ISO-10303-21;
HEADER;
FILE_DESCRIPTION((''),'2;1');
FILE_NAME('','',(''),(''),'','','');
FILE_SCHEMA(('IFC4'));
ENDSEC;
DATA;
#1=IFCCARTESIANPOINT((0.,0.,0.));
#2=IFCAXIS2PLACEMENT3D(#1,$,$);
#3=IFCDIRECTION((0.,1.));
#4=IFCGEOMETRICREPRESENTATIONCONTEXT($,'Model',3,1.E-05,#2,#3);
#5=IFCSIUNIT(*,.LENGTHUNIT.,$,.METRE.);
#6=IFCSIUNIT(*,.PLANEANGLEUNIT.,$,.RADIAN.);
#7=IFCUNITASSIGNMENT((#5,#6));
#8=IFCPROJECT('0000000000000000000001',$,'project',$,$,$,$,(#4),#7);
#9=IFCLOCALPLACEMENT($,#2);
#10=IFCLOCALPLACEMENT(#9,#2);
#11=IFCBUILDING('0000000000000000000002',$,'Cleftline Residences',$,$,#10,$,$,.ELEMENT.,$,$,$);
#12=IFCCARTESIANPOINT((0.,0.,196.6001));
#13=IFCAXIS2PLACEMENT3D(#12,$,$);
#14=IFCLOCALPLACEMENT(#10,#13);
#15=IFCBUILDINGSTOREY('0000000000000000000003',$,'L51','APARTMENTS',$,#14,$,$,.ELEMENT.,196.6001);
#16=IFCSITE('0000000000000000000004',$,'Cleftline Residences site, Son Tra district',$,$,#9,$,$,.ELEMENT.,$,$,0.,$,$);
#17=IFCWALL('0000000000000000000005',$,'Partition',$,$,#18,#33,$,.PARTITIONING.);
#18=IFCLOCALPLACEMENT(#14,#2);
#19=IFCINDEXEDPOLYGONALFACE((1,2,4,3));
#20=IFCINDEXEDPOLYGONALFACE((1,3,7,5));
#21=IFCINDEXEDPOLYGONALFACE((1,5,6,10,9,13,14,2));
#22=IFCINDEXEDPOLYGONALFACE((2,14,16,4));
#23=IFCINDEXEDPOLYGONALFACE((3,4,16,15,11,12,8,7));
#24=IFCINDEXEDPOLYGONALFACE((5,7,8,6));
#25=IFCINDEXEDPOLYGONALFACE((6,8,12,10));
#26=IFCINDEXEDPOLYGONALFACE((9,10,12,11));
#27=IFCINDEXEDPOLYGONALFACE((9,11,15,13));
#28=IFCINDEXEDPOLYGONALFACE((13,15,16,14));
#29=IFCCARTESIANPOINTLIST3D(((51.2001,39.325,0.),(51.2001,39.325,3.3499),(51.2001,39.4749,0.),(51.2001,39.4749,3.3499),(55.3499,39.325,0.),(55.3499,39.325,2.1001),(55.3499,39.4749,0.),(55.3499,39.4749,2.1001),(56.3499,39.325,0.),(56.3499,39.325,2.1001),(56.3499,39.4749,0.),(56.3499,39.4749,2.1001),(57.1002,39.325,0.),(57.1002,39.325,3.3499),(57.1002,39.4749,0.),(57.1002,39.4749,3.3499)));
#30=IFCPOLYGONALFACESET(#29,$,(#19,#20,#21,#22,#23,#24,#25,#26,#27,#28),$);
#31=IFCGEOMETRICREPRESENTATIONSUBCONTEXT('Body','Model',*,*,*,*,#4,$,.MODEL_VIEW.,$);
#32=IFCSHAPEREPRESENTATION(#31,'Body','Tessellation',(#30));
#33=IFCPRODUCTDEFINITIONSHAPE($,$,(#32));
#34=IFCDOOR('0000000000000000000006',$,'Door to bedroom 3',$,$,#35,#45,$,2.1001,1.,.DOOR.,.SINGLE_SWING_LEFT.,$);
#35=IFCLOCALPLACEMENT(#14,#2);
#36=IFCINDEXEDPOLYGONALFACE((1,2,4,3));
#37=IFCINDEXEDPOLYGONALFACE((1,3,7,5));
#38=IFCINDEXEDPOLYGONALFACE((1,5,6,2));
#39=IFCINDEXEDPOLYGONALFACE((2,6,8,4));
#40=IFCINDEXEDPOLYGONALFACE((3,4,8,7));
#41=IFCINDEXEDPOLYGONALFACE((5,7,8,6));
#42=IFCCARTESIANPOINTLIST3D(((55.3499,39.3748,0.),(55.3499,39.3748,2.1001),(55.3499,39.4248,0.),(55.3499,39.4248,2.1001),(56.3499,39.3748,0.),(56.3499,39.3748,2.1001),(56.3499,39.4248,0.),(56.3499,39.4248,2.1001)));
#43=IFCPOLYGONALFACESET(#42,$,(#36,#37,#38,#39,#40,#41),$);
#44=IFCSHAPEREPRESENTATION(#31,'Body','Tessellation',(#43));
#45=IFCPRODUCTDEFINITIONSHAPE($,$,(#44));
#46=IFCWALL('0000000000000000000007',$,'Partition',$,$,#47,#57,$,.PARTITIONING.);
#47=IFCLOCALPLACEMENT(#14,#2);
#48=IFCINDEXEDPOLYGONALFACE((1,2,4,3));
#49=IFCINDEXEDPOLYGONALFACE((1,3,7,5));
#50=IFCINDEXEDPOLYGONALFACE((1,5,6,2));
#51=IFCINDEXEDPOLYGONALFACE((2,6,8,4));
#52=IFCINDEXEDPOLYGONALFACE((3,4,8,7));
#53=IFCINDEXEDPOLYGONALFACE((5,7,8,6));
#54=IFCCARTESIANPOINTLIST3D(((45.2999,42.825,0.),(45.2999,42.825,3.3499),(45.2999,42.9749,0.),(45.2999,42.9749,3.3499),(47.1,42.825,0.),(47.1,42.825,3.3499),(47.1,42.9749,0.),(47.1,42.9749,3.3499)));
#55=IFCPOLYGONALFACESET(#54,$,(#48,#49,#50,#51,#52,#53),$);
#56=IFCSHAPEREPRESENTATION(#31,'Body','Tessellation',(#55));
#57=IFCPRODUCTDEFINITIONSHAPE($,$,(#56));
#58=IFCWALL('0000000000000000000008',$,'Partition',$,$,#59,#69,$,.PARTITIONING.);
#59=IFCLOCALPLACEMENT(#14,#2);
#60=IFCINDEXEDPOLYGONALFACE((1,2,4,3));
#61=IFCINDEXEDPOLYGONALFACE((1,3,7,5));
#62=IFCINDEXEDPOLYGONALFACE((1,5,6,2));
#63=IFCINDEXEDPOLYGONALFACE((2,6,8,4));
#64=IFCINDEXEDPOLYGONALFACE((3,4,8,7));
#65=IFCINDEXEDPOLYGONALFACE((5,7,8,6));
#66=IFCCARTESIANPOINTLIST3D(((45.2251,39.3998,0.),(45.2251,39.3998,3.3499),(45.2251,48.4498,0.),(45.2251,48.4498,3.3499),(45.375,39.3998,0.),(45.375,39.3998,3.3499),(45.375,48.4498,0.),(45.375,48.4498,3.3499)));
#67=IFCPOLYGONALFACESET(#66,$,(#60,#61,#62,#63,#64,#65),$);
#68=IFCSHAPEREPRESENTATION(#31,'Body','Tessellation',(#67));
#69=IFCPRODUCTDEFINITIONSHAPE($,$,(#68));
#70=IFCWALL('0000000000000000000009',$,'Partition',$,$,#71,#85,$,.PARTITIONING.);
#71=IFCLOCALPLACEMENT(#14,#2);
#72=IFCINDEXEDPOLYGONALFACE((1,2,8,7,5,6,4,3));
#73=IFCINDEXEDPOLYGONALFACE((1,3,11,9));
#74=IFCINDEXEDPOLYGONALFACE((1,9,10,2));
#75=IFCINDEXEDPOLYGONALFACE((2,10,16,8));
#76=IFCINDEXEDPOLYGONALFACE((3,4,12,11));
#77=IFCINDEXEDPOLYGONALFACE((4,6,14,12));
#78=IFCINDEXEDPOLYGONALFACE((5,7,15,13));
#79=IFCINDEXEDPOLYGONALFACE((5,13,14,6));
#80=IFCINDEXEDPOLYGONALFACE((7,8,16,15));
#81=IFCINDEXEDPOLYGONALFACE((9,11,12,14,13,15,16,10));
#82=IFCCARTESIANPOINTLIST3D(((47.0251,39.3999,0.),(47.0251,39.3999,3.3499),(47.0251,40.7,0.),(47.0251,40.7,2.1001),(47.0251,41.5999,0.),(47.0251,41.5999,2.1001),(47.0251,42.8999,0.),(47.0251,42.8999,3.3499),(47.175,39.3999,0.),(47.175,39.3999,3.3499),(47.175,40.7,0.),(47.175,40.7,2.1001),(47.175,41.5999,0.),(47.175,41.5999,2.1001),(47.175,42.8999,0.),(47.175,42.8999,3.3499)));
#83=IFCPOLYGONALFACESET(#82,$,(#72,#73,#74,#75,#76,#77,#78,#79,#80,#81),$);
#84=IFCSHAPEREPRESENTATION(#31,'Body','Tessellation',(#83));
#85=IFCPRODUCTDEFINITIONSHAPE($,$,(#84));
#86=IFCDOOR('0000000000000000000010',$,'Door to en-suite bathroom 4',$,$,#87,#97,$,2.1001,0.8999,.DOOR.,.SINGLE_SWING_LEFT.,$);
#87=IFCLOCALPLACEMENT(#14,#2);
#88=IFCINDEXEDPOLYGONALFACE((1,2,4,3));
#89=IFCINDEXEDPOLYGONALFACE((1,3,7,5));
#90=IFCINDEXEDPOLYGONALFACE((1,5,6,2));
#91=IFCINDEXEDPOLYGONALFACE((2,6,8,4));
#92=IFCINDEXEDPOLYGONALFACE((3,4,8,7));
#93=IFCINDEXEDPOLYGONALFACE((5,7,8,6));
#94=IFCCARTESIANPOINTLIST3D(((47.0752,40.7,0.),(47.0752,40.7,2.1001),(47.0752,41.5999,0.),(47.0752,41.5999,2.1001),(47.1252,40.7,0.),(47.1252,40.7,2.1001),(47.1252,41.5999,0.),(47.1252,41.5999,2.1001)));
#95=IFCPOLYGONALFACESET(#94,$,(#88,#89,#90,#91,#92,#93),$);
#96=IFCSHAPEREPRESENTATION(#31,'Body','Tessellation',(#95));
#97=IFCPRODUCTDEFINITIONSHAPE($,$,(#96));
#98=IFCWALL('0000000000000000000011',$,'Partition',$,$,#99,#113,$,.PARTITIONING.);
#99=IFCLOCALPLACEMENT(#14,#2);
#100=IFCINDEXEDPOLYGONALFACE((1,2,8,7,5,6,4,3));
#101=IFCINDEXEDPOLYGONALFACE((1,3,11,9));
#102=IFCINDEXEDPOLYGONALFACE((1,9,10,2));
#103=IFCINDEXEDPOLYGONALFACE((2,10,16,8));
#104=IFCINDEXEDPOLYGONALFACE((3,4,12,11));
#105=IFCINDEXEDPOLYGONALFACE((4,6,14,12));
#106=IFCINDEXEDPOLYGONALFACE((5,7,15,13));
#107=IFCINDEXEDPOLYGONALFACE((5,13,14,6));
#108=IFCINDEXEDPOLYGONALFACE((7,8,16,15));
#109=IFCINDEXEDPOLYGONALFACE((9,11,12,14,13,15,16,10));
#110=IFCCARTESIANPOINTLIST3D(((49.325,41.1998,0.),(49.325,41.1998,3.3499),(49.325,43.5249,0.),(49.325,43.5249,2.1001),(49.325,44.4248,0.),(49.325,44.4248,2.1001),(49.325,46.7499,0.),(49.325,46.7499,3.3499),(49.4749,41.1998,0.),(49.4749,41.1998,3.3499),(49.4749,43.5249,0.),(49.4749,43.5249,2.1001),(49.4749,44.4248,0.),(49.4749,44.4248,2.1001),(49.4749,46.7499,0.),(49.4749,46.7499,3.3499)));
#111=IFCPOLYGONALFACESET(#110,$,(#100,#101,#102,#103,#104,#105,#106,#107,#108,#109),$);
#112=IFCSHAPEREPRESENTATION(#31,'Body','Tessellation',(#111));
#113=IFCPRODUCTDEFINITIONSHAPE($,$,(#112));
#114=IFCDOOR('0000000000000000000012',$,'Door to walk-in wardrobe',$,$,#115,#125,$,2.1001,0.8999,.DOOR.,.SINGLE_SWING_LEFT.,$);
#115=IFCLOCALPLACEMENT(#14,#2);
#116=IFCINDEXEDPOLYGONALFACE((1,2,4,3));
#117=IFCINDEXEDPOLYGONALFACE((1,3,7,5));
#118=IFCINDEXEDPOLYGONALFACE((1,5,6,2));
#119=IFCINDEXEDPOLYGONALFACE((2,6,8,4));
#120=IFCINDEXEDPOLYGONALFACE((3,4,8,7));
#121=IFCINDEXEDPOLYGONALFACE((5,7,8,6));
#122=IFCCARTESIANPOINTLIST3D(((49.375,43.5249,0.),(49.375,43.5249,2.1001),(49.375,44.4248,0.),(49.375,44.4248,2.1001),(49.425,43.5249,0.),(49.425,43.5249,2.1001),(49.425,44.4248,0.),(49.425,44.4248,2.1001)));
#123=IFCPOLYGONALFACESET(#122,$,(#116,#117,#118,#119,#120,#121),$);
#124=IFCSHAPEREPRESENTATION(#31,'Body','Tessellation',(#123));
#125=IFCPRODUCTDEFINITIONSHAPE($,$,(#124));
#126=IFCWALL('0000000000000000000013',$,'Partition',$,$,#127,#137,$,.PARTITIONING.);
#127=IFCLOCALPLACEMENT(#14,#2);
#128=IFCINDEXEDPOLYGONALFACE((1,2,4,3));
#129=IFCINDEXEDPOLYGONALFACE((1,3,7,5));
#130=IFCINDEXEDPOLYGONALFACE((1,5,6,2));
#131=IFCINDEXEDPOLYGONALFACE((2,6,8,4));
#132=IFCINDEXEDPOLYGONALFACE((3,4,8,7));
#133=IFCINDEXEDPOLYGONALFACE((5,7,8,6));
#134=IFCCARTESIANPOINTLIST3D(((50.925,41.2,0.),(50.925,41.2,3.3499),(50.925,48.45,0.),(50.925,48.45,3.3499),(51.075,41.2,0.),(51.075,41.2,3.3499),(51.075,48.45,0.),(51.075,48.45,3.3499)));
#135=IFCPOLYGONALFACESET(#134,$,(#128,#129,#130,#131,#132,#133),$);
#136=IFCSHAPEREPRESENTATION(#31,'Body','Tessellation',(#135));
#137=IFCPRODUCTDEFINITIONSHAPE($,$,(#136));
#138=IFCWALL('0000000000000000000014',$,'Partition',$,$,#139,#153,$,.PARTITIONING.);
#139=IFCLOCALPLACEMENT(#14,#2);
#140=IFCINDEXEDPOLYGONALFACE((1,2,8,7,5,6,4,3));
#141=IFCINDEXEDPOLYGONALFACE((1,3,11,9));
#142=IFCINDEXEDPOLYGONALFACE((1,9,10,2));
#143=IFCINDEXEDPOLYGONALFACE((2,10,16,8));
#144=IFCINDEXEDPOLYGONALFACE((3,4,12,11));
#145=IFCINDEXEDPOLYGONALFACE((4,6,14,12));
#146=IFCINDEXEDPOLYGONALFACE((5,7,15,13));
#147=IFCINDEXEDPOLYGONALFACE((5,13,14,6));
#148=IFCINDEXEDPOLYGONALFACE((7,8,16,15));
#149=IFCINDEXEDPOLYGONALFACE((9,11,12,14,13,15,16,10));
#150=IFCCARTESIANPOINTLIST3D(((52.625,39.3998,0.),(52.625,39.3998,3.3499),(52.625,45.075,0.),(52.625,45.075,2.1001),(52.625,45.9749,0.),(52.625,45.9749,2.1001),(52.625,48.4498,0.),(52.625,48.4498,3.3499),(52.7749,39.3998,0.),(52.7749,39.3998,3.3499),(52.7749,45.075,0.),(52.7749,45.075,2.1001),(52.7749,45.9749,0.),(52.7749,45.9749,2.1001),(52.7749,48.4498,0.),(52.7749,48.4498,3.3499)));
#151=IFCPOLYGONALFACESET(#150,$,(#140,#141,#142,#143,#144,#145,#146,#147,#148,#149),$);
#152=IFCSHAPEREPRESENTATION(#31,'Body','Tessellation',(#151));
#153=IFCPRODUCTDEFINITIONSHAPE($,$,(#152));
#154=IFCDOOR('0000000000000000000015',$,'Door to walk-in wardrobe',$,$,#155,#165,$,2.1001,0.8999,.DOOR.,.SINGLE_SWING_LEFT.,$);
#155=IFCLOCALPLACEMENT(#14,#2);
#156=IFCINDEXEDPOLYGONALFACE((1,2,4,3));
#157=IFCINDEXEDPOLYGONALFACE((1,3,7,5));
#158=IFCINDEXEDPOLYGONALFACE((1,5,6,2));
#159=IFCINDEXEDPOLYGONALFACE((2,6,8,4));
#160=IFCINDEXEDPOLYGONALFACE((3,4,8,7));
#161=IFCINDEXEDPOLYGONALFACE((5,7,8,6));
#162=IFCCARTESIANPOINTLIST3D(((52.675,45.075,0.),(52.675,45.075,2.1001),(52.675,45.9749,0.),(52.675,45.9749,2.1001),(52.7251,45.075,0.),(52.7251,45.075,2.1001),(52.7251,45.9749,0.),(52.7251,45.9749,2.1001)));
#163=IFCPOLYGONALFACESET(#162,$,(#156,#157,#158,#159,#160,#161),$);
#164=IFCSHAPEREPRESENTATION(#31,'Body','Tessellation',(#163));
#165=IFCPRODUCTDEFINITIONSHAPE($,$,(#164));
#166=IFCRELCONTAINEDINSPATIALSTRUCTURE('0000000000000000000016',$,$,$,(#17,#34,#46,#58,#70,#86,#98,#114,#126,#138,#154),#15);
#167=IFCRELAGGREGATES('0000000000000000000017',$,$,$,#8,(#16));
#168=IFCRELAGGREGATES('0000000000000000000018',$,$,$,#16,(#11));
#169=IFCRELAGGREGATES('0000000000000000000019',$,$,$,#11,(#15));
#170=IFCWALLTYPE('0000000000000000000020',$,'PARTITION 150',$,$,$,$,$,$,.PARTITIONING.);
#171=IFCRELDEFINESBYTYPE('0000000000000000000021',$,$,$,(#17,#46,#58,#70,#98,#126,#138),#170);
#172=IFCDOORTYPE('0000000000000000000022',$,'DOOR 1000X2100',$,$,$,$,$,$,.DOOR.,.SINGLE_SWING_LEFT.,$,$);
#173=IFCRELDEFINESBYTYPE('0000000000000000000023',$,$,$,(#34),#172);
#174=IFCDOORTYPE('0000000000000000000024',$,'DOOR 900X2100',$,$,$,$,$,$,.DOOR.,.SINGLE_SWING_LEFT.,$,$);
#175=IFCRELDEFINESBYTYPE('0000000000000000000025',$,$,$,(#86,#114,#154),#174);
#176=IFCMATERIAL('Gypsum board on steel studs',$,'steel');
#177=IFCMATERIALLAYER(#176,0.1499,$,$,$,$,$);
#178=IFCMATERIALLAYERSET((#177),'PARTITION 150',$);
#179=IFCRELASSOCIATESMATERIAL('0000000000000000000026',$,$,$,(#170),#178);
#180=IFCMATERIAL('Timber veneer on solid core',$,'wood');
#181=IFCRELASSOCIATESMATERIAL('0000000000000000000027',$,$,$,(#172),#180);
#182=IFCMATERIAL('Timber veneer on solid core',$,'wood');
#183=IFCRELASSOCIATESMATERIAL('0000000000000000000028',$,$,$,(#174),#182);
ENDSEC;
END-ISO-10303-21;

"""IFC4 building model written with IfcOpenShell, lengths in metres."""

from ifc_helpers import new_model, si_unit, direction, frame, frame_2d, origin, place, context, subcontext, project, spatial, rectangle, extrude, material, layer, layer_set, type_object, element, fill, save


model = new_model("IFC4")

# Units and contexts
model_context = context("Model", 3, precision=1e-05, world=origin(), true_north=direction((0.0, 1.0)))
body_context = subcontext(model_context, "Body", "Model", "MODEL_VIEW")
ifc_project = project(units=[si_unit("LENGTHUNIT", "METRE"), si_unit("PLANEANGLEUNIT", "RADIAN")], contexts=[model_context])

# Site, building, storey
site_placement = place(None, origin())
site = spatial("IfcSite", under=ifc_project, at=site_placement, Name="Cleftline Residences site, Son Tra district", CompositionType="ELEMENT", RefElevation=0.0)
building_placement = place(site_placement, origin())
building = spatial("IfcBuilding", under=site, at=building_placement, Name="Cleftline Residences", CompositionType="ELEMENT")
storey_placement = place(building_placement, frame((0.0, 0.0, 196.6001)))
storey = spatial("IfcBuildingStorey", under=building, at=storey_placement, Name="L51", Description="APARTMENTS", CompositionType="ELEMENT", Elevation=196.6001)

# Shared definitions
ifc_material_1 = material(Name="Gypsum board on steel studs", Category="steel")
ifc_layer_1 = layer(ifc_material_1, 0.1499)
ifc_layer_set_1 = layer_set([ifc_layer_1], Name="PARTITION 150")
wall_type = type_object("IfcWallType", Name="PARTITION 150", PredefinedType="PARTITIONING", material=ifc_layer_set_1)
ifc_material_2 = material(Name="Timber veneer on solid core", Category="wood")
door_type_1 = type_object("IfcDoorType", Name="DOOR 1000X2100", OperationType="SINGLE_SWING_LEFT", PredefinedType="DOOR", material=ifc_material_2)

# Wall, opening, door
wall_1_placement = place(storey_placement, frame((51.2, 39.3999, 0.0), z_axis=(0.0, 0.0, 1.0), x_axis=(1.0, 0.0, 0.0)))
wall_1 = element("IfcWall", 1, at=wall_1_placement, inside=storey, type_object=wall_type, Name="Partition", PredefinedType="PARTITIONING", context=body_context, shape_type="SweptSolid", body=[
    extrude(rectangle(XDim=5.9001, YDim=0.1499, at=frame_2d((2.9502, 0.0))), origin(), (0.0, 0.0, 1.0), 3.3499),
])
opening_1_placement = place(wall_1_placement, frame((4.1499, 0.0, 0.0)))
opening_1 = element("IfcOpeningElement", 2, at=opening_1_placement, cuts=wall_1, PredefinedType="OPENING", context=body_context, shape_type="SweptSolid", body=[
    extrude(rectangle(XDim=1.0, YDim=2.1001, at=frame_2d((0.5, 1.05))), frame((0.0, 0.085, 0.0), z_axis=(0.0, -1.0, 0.0), x_axis=(1.0, 0.0, 0.0)), (0.0, 0.0, 1.0), 0.1699),
])
door_1_placement = place(opening_1_placement, origin())
door_1 = element("IfcDoor", 3, at=door_1_placement, inside=storey, type_object=door_type_1, Name="Door to bedroom 3", OperationType="SINGLE_SWING_LEFT", OverallHeight=2.1001, OverallWidth=1.0, PredefinedType="DOOR", context=body_context, shape_type="SweptSolid", body=[
    extrude(rectangle(XDim=1.0, YDim=2.1001, at=frame_2d((0.5, 1.05))), frame((0.0, 0.0249, 0.0), z_axis=(0.0, -1.0, 0.0), x_axis=(1.0, 0.0, 0.0)), (0.0, 0.0, 1.0), 0.05),
])
fill(opening_1, door_1)

# Walls
wall_2_placement = place(storey_placement, frame((45.3, 42.8999, 0.0), z_axis=(0.0, 0.0, 1.0), x_axis=(1.0, 0.0, 0.0)))
element("IfcWall", 4, at=wall_2_placement, inside=storey, type_object=wall_type, Name="Partition", PredefinedType="PARTITIONING", context=body_context, shape_type="SweptSolid", body=[
    extrude(rectangle(XDim=1.8, YDim=0.1499, at=frame_2d((0.8999, 0.0))), origin(), (0.0, 0.0, 1.0), 3.3499),
])
wall_3_placement = place(storey_placement, frame((45.3, 39.3999, 0.0), z_axis=(0.0, 0.0, 1.0), x_axis=(0.0, 1.0, 0.0)))
element("IfcWall", 5, at=wall_3_placement, inside=storey, type_object=wall_type, Name="Partition", PredefinedType="PARTITIONING", context=body_context, shape_type="SweptSolid", body=[
    extrude(rectangle(XDim=9.05, YDim=0.1499, at=frame_2d((4.5249, 0.0))), origin(), (0.0, 0.0, 1.0), 3.3499),
])

# Walls, openings, doors
wall_4_placement = place(storey_placement, frame((47.1001, 39.3999, 0.0), z_axis=(0.0, 0.0, 1.0), x_axis=(0.0, 1.0, 0.0)))
wall_4 = element("IfcWall", 6, at=wall_4_placement, inside=storey, type_object=wall_type, Name="Partition", PredefinedType="PARTITIONING", context=body_context, shape_type="SweptSolid", body=[
    extrude(rectangle(XDim=3.5, YDim=0.1499, at=frame_2d((1.75, 0.0))), origin(), (0.0, 0.0, 1.0), 3.3499),
])
opening_2_placement = place(wall_4_placement, frame((1.3, 0.0, 0.0)))
opening_2 = element("IfcOpeningElement", 7, at=opening_2_placement, cuts=wall_4, PredefinedType="OPENING", context=body_context, shape_type="SweptSolid", body=[
    extrude(rectangle(XDim=0.8999, YDim=2.1001, at=frame_2d((0.45, 1.05))), frame((0.0, 0.085, 0.0), z_axis=(0.0, -1.0, 0.0), x_axis=(1.0, 0.0, 0.0)), (0.0, 0.0, 1.0), 0.1699),
])
ifc_material_3 = material(Name="Timber veneer on solid core", Category="wood")
door_type_2 = type_object("IfcDoorType", Name="DOOR 900X2100", OperationType="SINGLE_SWING_LEFT", PredefinedType="DOOR", material=ifc_material_3)
door_2_placement = place(opening_2_placement, origin())
door_2 = element("IfcDoor", 8, at=door_2_placement, inside=storey, type_object=door_type_2, Name="Door to en-suite bathroom 4", OperationType="SINGLE_SWING_LEFT", OverallHeight=2.1001, OverallWidth=0.8999, PredefinedType="DOOR", context=body_context, shape_type="SweptSolid", body=[
    extrude(rectangle(XDim=0.8999, YDim=2.1001, at=frame_2d((0.45, 1.05))), frame((0.0, 0.0249, 0.0), z_axis=(0.0, -1.0, 0.0), x_axis=(1.0, 0.0, 0.0)), (0.0, 0.0, 1.0), 0.05),
])
fill(opening_2, door_2)
wall_5_placement = place(storey_placement, frame((49.3999, 41.2, 0.0), z_axis=(0.0, 0.0, 1.0), x_axis=(0.0, 1.0, 0.0)))
wall_5 = element("IfcWall", 9, at=wall_5_placement, inside=storey, type_object=wall_type, Name="Partition", PredefinedType="PARTITIONING", context=body_context, shape_type="SweptSolid", body=[
    extrude(rectangle(XDim=5.55, YDim=0.1499, at=frame_2d((2.7749, 0.0))), origin(), (0.0, 0.0, 1.0), 3.3499),
])
opening_3_placement = place(wall_5_placement, frame((2.325, 0.0, 0.0)))
opening_3 = element("IfcOpeningElement", 10, at=opening_3_placement, cuts=wall_5, PredefinedType="OPENING", context=body_context, shape_type="SweptSolid", body=[
    extrude(rectangle(XDim=0.8999, YDim=2.1001, at=frame_2d((0.45, 1.05))), frame((0.0, 0.085, 0.0), z_axis=(0.0, -1.0, 0.0), x_axis=(1.0, 0.0, 0.0)), (0.0, 0.0, 1.0), 0.1699),
])
door_3_placement = place(opening_3_placement, origin())
door_3 = element("IfcDoor", 11, at=door_3_placement, inside=storey, type_object=door_type_2, Name="Door to walk-in wardrobe", OperationType="SINGLE_SWING_LEFT", OverallHeight=2.1001, OverallWidth=0.8999, PredefinedType="DOOR", context=body_context, shape_type="SweptSolid", body=[
    extrude(rectangle(XDim=0.8999, YDim=2.1001, at=frame_2d((0.45, 1.05))), frame((0.0, 0.0249, 0.0), z_axis=(0.0, -1.0, 0.0), x_axis=(1.0, 0.0, 0.0)), (0.0, 0.0, 1.0), 0.05),
])
fill(opening_3, door_3)

# Wall
wall_6_placement = place(storey_placement, frame((51.0, 41.2, 0.0), z_axis=(0.0, 0.0, 1.0), x_axis=(0.0, 1.0, 0.0)))
element("IfcWall", 12, at=wall_6_placement, inside=storey, type_object=wall_type, Name="Partition", PredefinedType="PARTITIONING", context=body_context, shape_type="SweptSolid", body=[
    extrude(rectangle(XDim=7.25, YDim=0.1499, at=frame_2d((3.625, 0.0))), origin(), (0.0, 0.0, 1.0), 3.3499),
])

# Wall, opening, door
wall_7_placement = place(storey_placement, frame((52.7, 39.3999, 0.0), z_axis=(0.0, 0.0, 1.0), x_axis=(0.0, 1.0, 0.0)))
wall_7 = element("IfcWall", 13, at=wall_7_placement, inside=storey, type_object=wall_type, Name="Partition", PredefinedType="PARTITIONING", context=body_context, shape_type="SweptSolid", body=[
    extrude(rectangle(XDim=9.05, YDim=0.1499, at=frame_2d((4.5249, 0.0))), origin(), (0.0, 0.0, 1.0), 3.3499),
])
opening_4_placement = place(wall_7_placement, frame((5.675, 0.0, 0.0)))
opening_4 = element("IfcOpeningElement", 14, at=opening_4_placement, cuts=wall_7, PredefinedType="OPENING", context=body_context, shape_type="SweptSolid", body=[
    extrude(rectangle(XDim=0.8999, YDim=2.1001, at=frame_2d((0.45, 1.05))), frame((0.0, 0.085, 0.0), z_axis=(0.0, -1.0, 0.0), x_axis=(1.0, 0.0, 0.0)), (0.0, 0.0, 1.0), 0.1699),
])
door_4_placement = place(opening_4_placement, origin())
door_4 = element("IfcDoor", 15, at=door_4_placement, inside=storey, type_object=door_type_2, Name="Door to walk-in wardrobe", OperationType="SINGLE_SWING_LEFT", OverallHeight=2.1001, OverallWidth=0.8999, PredefinedType="DOOR", context=body_context, shape_type="SweptSolid", body=[
    extrude(rectangle(XDim=0.8999, YDim=2.1001, at=frame_2d((0.45, 1.05))), frame((0.0, 0.0249, 0.0), z_axis=(0.0, -1.0, 0.0), x_axis=(1.0, 0.0, 0.0)), (0.0, 0.0, 1.0), 0.05),
])
fill(opening_4, door_4)

save(model, "model.ifc")
